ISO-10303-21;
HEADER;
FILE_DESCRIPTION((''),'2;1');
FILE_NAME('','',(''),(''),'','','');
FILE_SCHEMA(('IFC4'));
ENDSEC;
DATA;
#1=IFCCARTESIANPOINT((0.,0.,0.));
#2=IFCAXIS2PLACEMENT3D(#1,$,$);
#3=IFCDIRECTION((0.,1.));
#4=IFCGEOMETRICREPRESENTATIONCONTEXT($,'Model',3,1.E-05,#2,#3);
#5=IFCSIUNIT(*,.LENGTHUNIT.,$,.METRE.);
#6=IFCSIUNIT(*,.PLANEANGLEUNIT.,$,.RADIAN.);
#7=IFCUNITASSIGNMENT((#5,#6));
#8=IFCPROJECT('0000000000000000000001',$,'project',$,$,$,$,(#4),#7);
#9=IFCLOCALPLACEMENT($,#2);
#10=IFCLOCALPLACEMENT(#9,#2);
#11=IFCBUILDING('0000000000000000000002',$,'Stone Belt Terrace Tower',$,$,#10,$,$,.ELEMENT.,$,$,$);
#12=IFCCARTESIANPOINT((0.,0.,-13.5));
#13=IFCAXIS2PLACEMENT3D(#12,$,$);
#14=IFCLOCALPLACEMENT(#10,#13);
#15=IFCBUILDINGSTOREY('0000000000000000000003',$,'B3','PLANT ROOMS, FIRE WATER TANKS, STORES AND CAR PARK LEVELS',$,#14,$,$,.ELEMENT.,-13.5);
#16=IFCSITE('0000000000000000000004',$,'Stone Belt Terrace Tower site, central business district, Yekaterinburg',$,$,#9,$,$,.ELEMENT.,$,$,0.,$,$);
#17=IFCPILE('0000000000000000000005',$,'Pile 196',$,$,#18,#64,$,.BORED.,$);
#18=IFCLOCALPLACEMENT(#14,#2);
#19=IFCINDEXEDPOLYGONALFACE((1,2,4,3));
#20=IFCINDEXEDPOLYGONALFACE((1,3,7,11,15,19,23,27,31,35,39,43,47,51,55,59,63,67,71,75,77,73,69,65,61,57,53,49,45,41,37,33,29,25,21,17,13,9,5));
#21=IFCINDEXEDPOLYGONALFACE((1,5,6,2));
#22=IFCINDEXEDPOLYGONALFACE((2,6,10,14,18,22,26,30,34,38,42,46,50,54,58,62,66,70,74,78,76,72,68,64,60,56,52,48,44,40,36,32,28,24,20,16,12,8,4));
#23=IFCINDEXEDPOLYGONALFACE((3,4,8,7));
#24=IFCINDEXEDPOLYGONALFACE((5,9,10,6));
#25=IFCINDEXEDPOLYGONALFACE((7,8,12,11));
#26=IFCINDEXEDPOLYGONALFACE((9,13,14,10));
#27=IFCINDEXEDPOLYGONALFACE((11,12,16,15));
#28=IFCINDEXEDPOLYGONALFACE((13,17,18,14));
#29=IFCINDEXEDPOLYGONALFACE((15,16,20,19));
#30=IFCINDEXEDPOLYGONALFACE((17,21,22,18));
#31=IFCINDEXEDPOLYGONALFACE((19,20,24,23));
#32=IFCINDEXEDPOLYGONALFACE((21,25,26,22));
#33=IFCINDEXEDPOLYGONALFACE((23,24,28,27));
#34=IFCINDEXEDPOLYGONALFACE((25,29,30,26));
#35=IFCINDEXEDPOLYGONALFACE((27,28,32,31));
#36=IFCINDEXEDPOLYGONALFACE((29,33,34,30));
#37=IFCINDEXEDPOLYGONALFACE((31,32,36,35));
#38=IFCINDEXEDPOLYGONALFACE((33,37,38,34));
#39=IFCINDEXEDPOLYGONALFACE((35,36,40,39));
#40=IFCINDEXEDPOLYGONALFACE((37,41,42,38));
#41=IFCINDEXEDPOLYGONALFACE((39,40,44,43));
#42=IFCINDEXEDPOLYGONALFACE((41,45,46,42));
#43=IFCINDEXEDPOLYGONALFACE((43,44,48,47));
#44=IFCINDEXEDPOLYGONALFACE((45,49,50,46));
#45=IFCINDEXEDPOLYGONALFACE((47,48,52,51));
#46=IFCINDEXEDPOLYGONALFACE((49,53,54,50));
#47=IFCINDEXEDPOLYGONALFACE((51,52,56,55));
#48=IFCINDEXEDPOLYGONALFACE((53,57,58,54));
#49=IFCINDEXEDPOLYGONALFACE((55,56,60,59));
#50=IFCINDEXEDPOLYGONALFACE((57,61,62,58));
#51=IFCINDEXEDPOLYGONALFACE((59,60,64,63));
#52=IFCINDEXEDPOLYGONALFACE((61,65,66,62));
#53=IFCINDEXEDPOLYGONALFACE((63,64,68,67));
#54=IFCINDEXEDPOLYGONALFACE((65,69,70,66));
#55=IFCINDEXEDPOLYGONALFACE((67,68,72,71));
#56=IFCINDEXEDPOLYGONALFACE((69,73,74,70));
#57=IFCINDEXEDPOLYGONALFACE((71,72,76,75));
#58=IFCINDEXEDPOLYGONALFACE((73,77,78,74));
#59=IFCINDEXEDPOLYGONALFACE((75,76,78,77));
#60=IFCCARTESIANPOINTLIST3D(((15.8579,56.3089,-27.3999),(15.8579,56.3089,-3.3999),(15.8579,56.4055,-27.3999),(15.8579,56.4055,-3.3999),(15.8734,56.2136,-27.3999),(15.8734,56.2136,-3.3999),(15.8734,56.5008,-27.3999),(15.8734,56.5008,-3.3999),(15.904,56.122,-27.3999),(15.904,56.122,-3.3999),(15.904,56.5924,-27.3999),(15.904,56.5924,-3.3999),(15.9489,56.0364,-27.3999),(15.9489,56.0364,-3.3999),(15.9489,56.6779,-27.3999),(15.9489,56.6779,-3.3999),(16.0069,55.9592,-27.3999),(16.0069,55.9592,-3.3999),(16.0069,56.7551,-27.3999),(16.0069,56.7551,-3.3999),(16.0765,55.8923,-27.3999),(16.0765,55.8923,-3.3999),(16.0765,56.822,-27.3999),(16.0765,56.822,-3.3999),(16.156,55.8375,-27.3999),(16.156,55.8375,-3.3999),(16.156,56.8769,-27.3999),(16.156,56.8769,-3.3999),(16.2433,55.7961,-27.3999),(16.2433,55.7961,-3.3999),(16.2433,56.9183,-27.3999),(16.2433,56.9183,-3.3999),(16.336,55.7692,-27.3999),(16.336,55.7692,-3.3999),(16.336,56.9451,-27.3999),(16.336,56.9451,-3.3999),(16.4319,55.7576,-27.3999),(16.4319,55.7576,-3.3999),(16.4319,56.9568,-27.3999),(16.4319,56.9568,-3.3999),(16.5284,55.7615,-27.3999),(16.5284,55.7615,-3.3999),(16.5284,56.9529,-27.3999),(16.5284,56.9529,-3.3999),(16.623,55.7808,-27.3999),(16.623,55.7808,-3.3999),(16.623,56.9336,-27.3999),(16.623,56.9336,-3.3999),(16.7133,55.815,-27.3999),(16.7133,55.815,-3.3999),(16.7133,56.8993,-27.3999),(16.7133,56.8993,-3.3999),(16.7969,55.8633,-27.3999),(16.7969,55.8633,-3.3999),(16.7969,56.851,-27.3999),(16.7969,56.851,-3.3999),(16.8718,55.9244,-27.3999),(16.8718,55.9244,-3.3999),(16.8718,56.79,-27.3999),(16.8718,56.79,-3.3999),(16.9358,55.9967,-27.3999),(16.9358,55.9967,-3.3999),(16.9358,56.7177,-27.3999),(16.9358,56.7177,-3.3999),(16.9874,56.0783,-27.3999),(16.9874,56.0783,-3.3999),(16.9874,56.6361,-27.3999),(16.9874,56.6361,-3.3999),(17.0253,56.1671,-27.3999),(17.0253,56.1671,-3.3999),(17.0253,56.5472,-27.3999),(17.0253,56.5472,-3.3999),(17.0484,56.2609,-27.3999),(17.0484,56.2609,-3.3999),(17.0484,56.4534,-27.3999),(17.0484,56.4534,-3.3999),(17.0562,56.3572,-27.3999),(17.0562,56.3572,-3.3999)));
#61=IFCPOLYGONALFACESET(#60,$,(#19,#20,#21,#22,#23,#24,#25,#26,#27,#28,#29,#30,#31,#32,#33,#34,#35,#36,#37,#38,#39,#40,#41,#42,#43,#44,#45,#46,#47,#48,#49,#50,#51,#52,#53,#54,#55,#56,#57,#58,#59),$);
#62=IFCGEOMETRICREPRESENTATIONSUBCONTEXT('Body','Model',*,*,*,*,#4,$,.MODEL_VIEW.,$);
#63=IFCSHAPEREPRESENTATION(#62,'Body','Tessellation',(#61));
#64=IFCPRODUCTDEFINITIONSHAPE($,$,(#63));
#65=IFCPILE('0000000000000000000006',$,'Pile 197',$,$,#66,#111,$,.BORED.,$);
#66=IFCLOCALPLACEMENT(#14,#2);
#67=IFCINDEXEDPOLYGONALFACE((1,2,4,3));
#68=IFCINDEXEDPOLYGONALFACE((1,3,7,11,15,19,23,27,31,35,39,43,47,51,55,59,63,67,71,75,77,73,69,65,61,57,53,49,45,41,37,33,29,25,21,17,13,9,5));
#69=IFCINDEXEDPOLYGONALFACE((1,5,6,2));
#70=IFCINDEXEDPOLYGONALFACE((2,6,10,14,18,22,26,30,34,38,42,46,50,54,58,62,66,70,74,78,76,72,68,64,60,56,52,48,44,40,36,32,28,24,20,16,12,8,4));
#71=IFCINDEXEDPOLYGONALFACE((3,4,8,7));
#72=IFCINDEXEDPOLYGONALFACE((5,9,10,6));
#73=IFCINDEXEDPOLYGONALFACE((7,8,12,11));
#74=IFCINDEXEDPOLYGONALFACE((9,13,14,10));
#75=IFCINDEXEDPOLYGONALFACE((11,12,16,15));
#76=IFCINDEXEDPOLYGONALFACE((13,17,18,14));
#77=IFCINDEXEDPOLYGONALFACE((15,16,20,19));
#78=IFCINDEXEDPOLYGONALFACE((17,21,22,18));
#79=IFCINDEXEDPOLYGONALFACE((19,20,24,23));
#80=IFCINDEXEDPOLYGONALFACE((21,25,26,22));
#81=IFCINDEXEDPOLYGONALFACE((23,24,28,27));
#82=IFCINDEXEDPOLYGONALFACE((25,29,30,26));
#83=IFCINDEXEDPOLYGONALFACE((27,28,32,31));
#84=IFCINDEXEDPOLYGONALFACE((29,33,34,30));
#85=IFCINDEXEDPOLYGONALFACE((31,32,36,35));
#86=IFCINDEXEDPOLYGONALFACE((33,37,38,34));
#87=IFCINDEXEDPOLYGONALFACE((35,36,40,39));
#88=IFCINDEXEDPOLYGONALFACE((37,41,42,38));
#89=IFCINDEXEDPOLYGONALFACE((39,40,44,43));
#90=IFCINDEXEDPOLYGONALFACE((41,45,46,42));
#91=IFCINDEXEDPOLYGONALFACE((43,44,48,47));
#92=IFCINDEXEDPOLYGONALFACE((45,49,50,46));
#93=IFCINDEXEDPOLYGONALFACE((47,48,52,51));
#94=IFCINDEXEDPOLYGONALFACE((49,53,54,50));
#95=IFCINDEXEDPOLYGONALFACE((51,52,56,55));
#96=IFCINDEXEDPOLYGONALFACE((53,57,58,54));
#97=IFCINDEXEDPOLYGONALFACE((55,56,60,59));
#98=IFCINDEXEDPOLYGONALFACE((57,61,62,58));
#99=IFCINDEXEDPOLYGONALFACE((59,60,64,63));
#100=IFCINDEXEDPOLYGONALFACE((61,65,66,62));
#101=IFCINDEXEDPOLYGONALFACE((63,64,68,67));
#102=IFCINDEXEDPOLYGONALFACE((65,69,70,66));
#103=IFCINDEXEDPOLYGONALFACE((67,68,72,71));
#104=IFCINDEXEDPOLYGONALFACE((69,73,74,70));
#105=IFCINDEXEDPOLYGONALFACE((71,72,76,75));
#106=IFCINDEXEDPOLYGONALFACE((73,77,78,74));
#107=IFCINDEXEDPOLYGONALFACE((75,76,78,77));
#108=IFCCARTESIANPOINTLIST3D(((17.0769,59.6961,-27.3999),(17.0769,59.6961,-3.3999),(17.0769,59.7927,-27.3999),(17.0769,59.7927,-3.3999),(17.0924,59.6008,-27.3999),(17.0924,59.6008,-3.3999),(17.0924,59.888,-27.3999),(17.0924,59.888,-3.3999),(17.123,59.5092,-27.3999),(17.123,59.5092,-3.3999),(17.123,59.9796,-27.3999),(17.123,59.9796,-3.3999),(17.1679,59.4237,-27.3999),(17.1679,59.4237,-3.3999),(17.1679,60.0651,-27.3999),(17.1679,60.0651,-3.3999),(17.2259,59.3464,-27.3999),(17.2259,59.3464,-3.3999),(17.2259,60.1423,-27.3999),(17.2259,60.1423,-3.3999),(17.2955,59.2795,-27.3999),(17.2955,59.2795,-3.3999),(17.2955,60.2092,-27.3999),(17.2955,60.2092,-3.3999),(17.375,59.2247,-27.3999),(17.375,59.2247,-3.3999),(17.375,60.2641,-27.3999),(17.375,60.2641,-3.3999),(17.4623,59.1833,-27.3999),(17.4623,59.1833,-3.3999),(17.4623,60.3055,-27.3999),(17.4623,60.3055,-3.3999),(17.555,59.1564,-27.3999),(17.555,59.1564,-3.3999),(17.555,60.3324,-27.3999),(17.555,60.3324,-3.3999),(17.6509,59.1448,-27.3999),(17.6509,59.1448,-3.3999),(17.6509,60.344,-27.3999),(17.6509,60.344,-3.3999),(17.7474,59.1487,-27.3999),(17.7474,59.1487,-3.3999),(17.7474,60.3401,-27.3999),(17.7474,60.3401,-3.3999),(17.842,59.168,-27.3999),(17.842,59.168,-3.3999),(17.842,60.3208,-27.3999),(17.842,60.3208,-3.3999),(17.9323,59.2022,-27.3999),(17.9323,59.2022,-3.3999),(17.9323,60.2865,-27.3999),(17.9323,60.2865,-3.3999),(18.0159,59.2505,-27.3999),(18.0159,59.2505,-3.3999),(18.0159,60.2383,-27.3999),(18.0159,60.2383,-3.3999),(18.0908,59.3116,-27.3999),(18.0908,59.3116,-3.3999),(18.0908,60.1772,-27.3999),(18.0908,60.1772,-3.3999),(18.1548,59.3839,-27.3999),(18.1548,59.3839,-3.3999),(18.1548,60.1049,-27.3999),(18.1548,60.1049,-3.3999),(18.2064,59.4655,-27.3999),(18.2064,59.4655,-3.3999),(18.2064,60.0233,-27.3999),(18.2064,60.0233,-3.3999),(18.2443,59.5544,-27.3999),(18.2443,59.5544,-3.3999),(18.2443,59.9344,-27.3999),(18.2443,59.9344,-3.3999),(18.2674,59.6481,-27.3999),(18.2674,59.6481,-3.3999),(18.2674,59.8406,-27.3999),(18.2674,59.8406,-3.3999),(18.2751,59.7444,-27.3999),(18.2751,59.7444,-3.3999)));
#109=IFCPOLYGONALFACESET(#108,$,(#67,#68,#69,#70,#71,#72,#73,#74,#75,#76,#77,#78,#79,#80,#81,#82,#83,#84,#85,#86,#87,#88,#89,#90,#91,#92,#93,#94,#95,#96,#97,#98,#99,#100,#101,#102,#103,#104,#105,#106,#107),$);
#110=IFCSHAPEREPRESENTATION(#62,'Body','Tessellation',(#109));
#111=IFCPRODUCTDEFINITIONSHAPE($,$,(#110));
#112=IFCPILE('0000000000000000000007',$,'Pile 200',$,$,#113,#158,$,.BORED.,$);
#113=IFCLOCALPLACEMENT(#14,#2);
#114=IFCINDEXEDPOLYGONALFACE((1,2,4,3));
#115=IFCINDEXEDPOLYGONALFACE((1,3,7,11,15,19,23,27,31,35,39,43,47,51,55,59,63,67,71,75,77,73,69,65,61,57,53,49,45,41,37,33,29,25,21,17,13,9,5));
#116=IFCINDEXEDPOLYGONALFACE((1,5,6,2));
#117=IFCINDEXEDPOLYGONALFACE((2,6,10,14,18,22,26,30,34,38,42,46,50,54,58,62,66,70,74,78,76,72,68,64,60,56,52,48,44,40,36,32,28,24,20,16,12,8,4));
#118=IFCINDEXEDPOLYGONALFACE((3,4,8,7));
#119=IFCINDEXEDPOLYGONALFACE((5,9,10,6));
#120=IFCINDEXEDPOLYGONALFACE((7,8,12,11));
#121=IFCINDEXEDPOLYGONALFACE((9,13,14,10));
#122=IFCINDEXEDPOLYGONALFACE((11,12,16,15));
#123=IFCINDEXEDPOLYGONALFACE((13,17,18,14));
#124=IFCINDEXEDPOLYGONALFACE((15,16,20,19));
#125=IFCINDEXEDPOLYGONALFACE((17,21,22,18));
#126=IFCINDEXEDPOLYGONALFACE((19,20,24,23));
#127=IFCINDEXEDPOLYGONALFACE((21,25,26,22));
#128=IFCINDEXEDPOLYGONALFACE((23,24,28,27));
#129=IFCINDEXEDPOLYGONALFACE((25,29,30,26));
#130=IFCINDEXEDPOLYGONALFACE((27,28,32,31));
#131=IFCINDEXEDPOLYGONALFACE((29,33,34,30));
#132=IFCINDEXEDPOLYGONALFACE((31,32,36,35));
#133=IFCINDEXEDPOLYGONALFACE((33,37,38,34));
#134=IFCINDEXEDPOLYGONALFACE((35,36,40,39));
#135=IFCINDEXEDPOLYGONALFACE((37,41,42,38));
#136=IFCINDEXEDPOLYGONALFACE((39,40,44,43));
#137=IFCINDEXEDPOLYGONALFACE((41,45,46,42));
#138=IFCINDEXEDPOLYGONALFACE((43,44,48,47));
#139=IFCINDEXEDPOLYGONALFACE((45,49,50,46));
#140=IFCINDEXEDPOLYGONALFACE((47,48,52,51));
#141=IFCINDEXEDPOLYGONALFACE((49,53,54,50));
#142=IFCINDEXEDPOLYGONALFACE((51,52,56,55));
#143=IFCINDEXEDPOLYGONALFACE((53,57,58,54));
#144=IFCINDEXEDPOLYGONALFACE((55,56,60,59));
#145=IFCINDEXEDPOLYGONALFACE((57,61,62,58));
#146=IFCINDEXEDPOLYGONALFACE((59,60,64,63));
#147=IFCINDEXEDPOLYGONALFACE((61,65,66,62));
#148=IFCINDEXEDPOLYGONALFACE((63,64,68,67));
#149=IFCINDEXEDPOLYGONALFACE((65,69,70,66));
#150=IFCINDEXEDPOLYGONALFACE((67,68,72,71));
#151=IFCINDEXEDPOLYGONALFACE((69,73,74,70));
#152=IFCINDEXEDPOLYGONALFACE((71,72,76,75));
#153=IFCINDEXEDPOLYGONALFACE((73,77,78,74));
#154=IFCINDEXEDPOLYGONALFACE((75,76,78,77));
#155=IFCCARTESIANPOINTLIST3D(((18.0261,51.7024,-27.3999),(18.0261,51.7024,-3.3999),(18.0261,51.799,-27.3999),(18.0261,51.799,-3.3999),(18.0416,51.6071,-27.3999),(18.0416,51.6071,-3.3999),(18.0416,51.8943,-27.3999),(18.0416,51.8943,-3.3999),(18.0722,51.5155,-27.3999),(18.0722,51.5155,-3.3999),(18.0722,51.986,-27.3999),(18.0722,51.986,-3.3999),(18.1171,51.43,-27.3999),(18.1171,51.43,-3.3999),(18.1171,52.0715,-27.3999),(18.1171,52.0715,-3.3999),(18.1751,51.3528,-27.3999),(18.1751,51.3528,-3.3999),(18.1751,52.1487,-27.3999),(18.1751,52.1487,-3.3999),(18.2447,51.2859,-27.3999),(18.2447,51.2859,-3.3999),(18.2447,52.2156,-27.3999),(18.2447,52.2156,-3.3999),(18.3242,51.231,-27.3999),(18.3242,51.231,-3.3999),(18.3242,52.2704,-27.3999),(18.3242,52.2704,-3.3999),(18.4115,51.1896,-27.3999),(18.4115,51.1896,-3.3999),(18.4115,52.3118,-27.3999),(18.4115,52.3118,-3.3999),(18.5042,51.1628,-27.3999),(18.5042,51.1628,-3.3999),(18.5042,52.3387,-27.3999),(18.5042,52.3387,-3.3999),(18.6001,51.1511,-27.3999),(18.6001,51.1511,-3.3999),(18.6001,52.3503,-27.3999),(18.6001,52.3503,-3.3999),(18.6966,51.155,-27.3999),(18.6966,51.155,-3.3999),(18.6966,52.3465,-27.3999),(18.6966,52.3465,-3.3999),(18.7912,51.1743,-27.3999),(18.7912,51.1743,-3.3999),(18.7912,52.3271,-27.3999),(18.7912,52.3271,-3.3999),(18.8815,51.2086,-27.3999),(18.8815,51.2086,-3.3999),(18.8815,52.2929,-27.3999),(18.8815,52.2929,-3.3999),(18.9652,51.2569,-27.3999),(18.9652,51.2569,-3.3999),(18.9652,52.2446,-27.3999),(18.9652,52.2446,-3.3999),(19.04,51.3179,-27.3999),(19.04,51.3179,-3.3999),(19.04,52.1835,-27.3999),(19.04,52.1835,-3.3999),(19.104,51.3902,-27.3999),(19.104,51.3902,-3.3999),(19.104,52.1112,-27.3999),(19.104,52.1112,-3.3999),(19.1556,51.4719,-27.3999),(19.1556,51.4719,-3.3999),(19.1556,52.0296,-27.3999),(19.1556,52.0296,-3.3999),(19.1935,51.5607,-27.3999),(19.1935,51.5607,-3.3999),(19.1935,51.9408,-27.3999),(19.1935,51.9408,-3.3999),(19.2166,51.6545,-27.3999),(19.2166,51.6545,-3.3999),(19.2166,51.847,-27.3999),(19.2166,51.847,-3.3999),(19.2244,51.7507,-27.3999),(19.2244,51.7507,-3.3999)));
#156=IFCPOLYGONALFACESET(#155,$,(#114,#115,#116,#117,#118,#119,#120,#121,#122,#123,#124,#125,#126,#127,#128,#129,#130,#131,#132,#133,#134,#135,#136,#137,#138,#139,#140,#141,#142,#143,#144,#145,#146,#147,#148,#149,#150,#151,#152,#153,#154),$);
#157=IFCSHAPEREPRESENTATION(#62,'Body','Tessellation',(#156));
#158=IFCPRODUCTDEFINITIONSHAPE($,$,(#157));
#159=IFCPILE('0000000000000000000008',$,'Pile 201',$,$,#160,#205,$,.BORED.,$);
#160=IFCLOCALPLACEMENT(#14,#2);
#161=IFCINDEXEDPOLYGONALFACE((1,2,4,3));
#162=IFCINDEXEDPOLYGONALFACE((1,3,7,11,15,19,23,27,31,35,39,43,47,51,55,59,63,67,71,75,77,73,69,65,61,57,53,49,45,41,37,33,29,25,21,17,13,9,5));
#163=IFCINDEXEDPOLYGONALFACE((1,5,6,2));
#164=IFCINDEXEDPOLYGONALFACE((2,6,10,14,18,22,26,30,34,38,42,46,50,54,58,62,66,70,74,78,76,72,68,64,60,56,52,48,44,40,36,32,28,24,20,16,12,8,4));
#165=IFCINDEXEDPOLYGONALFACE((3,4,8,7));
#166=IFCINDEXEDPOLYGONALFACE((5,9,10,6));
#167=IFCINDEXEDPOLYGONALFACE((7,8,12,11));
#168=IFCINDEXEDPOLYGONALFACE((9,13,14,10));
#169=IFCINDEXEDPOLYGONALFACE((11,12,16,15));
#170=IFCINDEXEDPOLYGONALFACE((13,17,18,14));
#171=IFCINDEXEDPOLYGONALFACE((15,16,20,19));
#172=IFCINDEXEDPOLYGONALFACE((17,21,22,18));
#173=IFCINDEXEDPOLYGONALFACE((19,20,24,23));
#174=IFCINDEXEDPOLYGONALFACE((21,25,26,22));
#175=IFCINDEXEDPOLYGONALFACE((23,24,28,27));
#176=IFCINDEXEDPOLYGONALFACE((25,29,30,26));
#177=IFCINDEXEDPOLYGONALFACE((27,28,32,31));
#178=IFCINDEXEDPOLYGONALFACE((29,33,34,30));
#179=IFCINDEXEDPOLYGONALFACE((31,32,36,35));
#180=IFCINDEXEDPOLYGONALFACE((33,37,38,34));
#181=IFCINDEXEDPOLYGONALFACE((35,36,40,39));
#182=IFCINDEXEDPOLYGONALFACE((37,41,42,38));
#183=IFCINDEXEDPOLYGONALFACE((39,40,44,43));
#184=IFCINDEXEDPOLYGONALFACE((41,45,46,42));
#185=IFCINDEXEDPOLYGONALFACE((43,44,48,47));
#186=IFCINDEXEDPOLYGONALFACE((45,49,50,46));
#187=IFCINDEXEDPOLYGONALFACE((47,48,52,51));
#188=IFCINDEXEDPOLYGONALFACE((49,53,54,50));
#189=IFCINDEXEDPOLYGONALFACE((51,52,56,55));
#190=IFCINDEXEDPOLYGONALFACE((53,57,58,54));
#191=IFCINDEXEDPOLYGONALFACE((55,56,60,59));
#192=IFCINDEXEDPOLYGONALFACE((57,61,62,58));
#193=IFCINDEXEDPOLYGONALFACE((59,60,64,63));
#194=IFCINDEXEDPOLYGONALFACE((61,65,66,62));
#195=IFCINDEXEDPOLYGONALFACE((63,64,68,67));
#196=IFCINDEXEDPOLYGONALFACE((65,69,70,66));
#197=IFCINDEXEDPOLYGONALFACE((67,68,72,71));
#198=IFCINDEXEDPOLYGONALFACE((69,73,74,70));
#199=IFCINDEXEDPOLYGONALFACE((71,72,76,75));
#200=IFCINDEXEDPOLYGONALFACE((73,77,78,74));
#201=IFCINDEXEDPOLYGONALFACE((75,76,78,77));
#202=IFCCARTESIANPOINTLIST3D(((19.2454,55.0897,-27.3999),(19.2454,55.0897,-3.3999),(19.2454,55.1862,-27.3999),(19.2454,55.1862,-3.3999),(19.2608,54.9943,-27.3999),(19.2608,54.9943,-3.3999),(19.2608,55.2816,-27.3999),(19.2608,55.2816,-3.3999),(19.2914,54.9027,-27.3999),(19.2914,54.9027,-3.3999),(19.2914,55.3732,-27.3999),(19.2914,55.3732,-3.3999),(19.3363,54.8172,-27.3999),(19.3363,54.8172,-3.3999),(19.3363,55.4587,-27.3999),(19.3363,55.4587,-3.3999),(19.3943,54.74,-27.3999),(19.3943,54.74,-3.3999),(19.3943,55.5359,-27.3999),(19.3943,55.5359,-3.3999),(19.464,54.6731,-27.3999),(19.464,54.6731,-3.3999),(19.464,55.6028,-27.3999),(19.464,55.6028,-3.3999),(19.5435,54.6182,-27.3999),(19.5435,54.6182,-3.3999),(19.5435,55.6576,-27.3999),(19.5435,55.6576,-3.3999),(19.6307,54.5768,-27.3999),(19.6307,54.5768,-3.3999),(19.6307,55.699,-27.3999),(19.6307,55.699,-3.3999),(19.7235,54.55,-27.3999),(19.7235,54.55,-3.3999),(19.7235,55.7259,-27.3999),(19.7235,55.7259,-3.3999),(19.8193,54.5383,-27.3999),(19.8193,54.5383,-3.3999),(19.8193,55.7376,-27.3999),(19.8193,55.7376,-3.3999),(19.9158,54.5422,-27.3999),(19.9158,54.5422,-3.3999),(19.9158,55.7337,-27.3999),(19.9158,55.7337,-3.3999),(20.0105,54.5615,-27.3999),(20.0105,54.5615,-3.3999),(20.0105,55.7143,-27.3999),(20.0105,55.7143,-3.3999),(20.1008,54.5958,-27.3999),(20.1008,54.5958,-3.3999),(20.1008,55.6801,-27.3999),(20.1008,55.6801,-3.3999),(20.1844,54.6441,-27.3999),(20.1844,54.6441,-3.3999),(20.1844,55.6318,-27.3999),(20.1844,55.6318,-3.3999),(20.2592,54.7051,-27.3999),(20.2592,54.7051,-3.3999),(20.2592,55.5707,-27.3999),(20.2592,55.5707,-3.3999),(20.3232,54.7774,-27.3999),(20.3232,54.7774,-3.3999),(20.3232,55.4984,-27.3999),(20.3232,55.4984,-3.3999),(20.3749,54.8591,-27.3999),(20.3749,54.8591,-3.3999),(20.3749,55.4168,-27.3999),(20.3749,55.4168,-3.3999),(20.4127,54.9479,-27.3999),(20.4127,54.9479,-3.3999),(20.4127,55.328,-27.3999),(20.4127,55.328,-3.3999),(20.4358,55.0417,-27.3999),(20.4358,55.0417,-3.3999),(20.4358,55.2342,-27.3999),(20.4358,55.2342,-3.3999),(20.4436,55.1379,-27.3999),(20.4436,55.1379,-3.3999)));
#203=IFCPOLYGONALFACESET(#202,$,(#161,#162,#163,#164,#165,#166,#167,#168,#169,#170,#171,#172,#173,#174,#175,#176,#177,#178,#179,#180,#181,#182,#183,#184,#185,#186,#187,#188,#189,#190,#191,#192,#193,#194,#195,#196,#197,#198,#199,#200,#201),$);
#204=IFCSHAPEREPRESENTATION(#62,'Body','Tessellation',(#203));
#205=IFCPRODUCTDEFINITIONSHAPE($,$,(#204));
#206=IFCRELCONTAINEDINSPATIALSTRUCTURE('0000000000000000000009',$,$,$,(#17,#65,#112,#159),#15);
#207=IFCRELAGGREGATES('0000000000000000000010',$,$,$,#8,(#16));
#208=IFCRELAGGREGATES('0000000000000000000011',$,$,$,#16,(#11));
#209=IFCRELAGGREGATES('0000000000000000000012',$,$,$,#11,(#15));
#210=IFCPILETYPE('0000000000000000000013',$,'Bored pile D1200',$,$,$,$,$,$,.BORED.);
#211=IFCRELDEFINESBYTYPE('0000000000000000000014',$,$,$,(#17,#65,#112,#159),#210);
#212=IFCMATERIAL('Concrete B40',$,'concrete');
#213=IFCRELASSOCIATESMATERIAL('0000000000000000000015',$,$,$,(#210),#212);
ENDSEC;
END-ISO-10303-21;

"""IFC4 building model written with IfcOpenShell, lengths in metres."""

from ifc_helpers import new_model, si_unit, direction, frame, origin, origin_2d, place, context, subcontext, project, spatial, circle, extrude, material, material_profile, profile_set, type_object, element, save


model = new_model("IFC4")

# Units and contexts
model_context = context("Model", 3, precision=1e-05, world=origin(), true_north=direction((0.0, 1.0)))
body_context = subcontext(model_context, "Body", "Model", "MODEL_VIEW")
ifc_project = project(units=[si_unit("LENGTHUNIT", "METRE"), si_unit("PLANEANGLEUNIT", "RADIAN")], contexts=[model_context])

# Site, building, storey
site_placement = place(None, origin())
site = spatial("IfcSite", under=ifc_project, at=site_placement, Name="Stone Belt Terrace Tower site, central business district, Yekaterinburg", CompositionType="ELEMENT", RefElevation=0.0)
building_placement = place(site_placement, origin())
building = spatial("IfcBuilding", under=site, at=building_placement, Name="Stone Belt Terrace Tower", CompositionType="ELEMENT")
storey_placement = place(building_placement, frame((0.0, 0.0, -13.5)))
storey = spatial("IfcBuildingStorey", under=building, at=storey_placement, Name="B3", Description="PLANT ROOMS, FIRE WATER TANKS, STORES AND CAR PARK LEVELS", CompositionType="ELEMENT", Elevation=-13.5)

# Piles
ifc_material_1 = material(Name="Concrete B40", Category="concrete")
ifc_material_profile_1 = material_profile(ifc_material_1, circle(Radius=0.6001, at=origin_2d()), Name="PILE D1200")
ifc_profile_set_1 = profile_set([ifc_material_profile_1], Name="Concrete B40")
pile_type = type_object("IfcPileType", Name="Bored pile D1200", PredefinedType="BORED", material=ifc_profile_set_1)
for number, where, z_axis, x_axis, name in (
    (1, (16.4561, 56.3572, -3.3999), (0.0, 0.0, -1.0), (1.0, 0.0, 0.0), "Pile 196"),
    (2, (17.675, 59.7444, -3.3999), (0.0, 0.0, -1.0), (1.0, 0.0, 0.0), "Pile 197"),
    (3, (18.6243, 51.7507, -3.3999), (0.0, 0.0, -1.0), (1.0, 0.0, 0.0), "Pile 200"),
    (4, (19.8435, 55.1379, -3.3999), (0.0, 0.0, -1.0), (1.0, 0.0, 0.0), "Pile 201"),
):
    element("IfcPile", number, at=place(storey_placement, frame(where, z_axis=z_axis, x_axis=x_axis)), inside=storey, type_object=pile_type, Name=name, PredefinedType="BORED", context=body_context, shape_type="SweptSolid", body=[
        extrude(circle(Radius=0.6001, at=origin_2d()), origin(), (0.0, 0.0, 1.0), 24.0),
    ])

save(model, "model.ifc")
